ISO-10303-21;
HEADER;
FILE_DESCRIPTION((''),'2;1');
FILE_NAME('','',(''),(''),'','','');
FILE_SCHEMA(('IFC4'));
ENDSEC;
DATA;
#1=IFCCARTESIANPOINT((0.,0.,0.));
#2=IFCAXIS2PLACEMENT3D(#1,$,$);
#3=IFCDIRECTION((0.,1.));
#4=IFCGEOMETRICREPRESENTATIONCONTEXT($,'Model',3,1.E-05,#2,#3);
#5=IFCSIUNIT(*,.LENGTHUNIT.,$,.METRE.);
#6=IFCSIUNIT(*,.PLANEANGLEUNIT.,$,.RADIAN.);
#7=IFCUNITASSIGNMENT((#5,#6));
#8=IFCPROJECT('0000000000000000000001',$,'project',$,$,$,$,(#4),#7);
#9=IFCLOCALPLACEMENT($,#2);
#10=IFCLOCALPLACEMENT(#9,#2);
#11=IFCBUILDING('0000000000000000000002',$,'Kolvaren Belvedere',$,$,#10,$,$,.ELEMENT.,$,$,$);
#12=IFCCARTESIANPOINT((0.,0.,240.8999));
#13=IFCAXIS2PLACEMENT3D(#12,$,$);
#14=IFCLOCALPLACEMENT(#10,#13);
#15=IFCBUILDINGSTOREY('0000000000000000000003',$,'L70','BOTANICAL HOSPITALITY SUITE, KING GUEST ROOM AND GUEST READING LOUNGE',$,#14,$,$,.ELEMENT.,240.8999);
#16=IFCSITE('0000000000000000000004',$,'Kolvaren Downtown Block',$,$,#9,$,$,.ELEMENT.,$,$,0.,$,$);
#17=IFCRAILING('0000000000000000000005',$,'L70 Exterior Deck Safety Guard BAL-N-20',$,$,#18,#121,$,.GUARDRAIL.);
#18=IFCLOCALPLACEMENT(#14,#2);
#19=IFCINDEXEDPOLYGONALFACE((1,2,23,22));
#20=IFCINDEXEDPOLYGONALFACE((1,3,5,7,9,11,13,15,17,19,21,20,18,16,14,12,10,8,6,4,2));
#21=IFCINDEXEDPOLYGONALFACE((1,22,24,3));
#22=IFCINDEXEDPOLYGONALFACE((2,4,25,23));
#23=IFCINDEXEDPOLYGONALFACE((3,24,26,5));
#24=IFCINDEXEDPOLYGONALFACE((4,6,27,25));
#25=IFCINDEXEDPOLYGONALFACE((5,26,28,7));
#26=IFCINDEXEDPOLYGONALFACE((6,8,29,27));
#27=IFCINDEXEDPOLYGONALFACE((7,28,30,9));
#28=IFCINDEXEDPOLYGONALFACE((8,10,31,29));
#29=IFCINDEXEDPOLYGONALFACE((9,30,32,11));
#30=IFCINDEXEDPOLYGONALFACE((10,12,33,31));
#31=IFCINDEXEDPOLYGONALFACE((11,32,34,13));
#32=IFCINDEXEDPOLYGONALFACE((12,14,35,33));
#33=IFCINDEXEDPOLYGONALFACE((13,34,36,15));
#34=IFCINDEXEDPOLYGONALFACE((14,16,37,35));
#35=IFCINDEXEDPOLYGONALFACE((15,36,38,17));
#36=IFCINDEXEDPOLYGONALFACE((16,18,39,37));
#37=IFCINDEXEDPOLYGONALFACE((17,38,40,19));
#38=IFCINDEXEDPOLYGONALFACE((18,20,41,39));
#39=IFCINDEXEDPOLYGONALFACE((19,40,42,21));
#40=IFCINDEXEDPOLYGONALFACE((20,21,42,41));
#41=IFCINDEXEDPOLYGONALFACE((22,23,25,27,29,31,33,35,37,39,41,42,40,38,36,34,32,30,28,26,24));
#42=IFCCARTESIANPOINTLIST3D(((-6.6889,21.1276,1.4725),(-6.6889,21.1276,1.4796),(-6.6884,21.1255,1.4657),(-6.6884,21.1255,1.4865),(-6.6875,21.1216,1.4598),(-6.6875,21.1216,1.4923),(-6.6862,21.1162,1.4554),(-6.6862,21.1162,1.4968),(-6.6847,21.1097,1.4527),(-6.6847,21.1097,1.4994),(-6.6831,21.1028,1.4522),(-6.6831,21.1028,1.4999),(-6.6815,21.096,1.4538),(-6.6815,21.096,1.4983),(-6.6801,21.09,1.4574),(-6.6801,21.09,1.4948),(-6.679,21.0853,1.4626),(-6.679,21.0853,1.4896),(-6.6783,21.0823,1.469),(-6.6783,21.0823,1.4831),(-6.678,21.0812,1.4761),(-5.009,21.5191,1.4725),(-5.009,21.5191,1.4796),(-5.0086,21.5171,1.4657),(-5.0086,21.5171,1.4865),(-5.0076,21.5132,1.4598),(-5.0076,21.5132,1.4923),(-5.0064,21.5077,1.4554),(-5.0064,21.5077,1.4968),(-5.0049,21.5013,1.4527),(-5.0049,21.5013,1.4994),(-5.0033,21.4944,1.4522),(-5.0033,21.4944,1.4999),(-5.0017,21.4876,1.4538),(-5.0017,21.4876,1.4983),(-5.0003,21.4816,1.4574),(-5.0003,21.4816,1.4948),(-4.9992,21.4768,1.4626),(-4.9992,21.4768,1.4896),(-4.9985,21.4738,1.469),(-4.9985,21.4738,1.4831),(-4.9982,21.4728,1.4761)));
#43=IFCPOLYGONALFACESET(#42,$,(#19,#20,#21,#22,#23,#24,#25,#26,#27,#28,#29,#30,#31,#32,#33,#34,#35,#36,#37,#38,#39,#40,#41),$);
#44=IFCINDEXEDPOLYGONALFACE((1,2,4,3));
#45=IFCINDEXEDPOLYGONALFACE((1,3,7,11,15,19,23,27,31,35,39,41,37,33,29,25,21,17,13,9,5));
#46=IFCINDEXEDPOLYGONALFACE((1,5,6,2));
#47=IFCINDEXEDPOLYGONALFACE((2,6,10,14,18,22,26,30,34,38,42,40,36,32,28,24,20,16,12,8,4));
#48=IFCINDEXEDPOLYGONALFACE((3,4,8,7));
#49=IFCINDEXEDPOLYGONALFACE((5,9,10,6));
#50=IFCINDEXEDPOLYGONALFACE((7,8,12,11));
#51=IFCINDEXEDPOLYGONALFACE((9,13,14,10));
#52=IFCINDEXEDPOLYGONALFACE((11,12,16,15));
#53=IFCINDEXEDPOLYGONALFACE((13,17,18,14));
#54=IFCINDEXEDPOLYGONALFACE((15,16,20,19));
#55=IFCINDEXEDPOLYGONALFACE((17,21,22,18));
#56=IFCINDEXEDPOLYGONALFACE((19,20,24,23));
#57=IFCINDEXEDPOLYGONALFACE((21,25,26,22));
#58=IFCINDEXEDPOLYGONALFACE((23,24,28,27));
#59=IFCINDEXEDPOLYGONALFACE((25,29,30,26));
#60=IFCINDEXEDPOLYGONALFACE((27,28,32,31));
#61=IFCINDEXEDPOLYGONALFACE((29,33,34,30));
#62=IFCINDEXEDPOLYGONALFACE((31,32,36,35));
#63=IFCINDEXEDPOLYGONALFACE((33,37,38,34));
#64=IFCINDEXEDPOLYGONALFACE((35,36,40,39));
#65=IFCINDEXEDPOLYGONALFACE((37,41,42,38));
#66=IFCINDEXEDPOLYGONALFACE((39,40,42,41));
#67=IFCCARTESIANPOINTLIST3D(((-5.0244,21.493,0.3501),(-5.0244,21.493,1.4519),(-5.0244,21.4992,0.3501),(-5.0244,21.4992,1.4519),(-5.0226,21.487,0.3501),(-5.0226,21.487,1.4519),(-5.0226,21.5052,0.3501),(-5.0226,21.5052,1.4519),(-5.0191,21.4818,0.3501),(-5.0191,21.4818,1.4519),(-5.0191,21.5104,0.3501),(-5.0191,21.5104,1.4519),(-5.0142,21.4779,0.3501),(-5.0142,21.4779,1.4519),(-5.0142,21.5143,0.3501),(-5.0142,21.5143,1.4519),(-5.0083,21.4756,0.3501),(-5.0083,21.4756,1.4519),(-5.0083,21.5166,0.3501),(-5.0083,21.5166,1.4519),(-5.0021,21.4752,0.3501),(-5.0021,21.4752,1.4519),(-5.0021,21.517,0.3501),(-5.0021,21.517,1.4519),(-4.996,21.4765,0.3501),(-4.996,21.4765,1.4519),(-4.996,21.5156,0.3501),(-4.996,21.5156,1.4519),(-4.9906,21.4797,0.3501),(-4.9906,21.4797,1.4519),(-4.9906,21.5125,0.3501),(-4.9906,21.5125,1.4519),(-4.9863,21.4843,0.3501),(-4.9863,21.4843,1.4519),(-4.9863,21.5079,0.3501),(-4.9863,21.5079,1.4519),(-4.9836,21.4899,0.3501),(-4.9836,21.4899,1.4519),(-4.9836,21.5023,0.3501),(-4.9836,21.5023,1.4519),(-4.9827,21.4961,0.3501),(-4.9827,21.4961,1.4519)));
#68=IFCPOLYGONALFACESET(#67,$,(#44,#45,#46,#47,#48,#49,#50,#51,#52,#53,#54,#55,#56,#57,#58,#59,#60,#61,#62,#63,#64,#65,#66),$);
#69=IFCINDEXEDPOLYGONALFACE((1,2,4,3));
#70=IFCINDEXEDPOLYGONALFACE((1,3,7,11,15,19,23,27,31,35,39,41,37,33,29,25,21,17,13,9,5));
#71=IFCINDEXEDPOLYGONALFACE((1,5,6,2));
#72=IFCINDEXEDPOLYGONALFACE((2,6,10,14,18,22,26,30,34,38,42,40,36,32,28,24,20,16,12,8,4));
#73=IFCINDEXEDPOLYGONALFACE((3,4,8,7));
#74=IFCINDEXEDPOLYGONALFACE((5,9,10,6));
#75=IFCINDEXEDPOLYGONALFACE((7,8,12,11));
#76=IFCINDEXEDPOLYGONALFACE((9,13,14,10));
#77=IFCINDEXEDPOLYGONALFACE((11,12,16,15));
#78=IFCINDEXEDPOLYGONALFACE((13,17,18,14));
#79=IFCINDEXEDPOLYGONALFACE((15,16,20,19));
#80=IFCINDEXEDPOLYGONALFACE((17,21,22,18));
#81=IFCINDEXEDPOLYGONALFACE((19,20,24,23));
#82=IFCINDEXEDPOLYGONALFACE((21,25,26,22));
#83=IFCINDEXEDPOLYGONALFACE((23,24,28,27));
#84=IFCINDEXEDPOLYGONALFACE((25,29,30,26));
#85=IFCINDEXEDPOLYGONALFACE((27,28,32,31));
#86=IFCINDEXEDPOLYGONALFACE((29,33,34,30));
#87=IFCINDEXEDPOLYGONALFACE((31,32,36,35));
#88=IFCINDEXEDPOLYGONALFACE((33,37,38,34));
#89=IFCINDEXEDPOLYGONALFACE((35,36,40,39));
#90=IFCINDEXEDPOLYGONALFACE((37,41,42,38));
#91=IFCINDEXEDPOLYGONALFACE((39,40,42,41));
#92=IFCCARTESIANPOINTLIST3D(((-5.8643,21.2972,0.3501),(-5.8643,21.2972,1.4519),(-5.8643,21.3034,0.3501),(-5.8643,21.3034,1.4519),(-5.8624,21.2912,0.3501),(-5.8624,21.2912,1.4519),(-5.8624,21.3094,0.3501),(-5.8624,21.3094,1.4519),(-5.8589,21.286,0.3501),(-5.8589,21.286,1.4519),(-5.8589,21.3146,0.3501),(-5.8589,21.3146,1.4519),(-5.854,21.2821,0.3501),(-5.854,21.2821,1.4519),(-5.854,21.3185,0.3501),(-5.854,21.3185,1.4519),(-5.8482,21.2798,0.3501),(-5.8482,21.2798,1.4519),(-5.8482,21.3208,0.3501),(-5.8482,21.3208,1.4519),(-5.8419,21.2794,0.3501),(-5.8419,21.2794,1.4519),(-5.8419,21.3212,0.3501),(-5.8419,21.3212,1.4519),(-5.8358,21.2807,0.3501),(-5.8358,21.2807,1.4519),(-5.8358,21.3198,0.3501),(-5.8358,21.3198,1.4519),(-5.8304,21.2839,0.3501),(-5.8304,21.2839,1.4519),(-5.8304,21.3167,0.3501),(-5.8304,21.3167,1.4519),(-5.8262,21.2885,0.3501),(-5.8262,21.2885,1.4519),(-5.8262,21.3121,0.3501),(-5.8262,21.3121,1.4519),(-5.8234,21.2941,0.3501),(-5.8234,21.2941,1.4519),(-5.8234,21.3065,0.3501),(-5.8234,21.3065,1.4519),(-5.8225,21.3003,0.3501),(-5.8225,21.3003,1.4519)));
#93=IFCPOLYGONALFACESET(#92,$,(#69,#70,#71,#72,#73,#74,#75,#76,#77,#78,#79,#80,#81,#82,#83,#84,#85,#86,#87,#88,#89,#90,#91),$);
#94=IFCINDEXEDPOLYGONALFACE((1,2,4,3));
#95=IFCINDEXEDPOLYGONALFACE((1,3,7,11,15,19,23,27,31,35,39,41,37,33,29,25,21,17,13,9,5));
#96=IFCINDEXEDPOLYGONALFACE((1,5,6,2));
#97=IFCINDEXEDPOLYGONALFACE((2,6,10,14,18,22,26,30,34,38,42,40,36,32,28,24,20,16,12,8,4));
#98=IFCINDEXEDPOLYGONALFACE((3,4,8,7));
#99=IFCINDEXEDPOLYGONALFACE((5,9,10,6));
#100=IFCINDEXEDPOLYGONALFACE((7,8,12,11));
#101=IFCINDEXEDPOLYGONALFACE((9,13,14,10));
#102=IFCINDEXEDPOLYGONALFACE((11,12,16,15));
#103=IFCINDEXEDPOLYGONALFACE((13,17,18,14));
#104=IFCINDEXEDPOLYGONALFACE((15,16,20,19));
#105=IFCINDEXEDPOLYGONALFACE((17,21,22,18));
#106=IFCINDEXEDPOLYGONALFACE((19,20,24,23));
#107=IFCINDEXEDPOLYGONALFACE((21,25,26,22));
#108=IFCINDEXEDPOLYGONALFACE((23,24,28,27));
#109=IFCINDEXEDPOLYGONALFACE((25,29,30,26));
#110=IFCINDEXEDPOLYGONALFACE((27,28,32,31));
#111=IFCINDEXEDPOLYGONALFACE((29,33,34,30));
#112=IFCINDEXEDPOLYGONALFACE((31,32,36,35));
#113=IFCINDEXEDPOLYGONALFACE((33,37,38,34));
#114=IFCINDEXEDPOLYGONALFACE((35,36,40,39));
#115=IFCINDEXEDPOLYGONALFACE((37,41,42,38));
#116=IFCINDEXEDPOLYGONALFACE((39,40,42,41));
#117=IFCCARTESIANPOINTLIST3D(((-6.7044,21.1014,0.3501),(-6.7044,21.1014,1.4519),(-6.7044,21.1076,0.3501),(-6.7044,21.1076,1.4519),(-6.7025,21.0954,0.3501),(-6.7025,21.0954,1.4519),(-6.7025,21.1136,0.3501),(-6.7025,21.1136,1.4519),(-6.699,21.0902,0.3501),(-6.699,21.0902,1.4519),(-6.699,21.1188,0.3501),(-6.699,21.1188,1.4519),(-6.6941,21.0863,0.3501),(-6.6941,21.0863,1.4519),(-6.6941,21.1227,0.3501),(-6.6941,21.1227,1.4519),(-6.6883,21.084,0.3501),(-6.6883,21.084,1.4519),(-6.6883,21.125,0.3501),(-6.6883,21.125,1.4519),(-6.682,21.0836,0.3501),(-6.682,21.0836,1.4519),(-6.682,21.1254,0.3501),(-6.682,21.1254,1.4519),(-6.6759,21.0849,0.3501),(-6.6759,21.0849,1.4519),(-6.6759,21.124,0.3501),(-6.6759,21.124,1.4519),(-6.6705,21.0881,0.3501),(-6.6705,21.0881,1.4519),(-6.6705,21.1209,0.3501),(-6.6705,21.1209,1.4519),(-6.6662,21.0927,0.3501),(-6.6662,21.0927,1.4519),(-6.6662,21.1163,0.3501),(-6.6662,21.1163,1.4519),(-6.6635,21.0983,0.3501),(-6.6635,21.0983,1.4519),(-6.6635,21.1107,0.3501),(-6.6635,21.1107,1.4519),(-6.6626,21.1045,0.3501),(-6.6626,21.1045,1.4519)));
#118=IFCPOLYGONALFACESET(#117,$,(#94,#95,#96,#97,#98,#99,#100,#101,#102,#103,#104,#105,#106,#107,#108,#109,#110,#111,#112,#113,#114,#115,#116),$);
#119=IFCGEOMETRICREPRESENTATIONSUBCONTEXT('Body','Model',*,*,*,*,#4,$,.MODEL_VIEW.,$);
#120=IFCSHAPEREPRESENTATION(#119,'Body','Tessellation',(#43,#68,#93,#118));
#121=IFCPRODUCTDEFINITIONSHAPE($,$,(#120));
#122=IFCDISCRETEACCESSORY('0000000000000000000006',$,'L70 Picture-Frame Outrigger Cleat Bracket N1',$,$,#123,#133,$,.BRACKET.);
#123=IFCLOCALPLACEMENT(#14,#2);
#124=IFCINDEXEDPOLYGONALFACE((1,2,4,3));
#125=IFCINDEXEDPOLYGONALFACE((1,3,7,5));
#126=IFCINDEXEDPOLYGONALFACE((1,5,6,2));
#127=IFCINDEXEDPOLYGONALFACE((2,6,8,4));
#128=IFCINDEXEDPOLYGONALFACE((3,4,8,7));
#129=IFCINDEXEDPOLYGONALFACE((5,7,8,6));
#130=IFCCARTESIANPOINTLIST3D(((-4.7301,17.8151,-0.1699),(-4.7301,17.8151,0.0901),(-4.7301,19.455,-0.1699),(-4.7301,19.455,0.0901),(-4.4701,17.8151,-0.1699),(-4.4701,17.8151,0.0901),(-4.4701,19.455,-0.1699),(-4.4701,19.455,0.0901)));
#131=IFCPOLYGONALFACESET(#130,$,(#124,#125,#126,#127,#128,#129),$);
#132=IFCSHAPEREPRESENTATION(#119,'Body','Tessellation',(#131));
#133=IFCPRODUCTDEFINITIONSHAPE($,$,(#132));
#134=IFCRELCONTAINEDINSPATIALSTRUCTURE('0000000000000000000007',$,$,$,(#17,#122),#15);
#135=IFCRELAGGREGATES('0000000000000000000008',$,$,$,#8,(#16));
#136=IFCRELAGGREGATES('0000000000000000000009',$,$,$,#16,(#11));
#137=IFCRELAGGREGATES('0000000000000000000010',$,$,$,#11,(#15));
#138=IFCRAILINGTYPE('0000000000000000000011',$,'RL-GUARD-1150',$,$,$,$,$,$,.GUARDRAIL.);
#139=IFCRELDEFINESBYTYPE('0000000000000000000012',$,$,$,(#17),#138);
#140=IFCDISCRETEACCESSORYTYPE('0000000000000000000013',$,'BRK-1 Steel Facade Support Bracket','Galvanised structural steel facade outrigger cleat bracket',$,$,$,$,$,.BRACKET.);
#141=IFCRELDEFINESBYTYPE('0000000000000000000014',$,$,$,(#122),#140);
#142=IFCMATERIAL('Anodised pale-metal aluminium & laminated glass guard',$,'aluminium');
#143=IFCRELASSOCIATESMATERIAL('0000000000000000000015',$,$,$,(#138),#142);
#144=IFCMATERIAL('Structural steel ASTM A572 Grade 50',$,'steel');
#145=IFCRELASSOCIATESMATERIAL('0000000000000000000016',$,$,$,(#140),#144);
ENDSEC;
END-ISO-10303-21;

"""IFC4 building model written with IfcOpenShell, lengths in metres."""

from ifc_helpers import new_model, si_unit, direction, frame, origin, origin_2d, place, context, subcontext, project, spatial, rectangle, circle, extrude, material, type_object, element, save


model = new_model("IFC4")

# Units and contexts
model_context = context("Model", 3, precision=1e-05, world=origin(), true_north=direction((0.0, 1.0)))
body_context = subcontext(model_context, "Body", "Model", "MODEL_VIEW")
ifc_project = project(units=[si_unit("LENGTHUNIT", "METRE"), si_unit("PLANEANGLEUNIT", "RADIAN")], contexts=[model_context])

# Site, building, storey
site_placement = place(None, origin())
site = spatial("IfcSite", under=ifc_project, at=site_placement, Name="Kolvaren Downtown Block", CompositionType="ELEMENT", RefElevation=0.0)
building_placement = place(site_placement, origin())
building = spatial("IfcBuilding", under=site, at=building_placement, Name="Kolvaren Belvedere", CompositionType="ELEMENT")
storey_placement = place(building_placement, frame((0.0, 0.0, 240.8999)))
storey = spatial("IfcBuildingStorey", under=building, at=storey_placement, Name="L70", Description="BOTANICAL HOSPITALITY SUITE, KING GUEST ROOM AND GUEST READING LOUNGE", CompositionType="ELEMENT", Elevation=240.8999)

# Railing
ifc_material_1 = material(Name="Anodised pale-metal aluminium & laminated glass guard", Category="aluminium")
railing_type = type_object("IfcRailingType", Name="RL-GUARD-1150", PredefinedType="GUARDRAIL", material=ifc_material_1)
railing_1_placement = place(storey_placement, frame((-5.0037, 21.4961, 0.3501)))
element("IfcRailing", 1, at=railing_1_placement, inside=storey, type_object=railing_type, Name="L70 Exterior Deck Safety Guard BAL-N-20", PredefinedType="GUARDRAIL", context=body_context, shape_type="SweptSolid", body=[
    extrude(circle(Radius=0.0239, at=origin_2d()), frame((0.0, 0.0, 1.126), z_axis=(-0.97389, -0.227019, 0.0), x_axis=(0.227019, -0.97389, 0.0)), (0.0, 0.0, 1.0), 1.7249),
    extrude(circle(Radius=0.021, at=origin_2d()), origin(), (0.0, 0.0, 1.0), 1.1018),
    extrude(circle(Radius=0.021, at=origin_2d()), frame((-0.8398, -0.1958, 0.0)), (0.0, 0.0, 1.0), 1.1018),
    extrude(circle(Radius=0.021, at=origin_2d()), frame((-1.6799, -0.3916, 0.0)), (0.0, 0.0, 1.0), 1.1018),
])

# Discrete accessory
ifc_material_2 = material(Name="Structural steel ASTM A572 Grade 50", Category="steel")
discrete_accessory_type = type_object("IfcDiscreteAccessoryType", Name="BRK-1 Steel Facade Support Bracket", Description="Galvanised structural steel facade outrigger cleat bracket", PredefinedType="BRACKET", material=ifc_material_2)
discrete_accessory_placement = place(storey_placement, frame((-4.6001, 18.635, -0.1699), z_axis=(0.0, 0.0, 1.0), x_axis=(0.0, 1.0, 0.0)))
element("IfcDiscreteAccessory", 2, at=discrete_accessory_placement, inside=storey, type_object=discrete_accessory_type, Name="L70 Picture-Frame Outrigger Cleat Bracket N1", PredefinedType="BRACKET", context=body_context, shape_type="SweptSolid", body=[
    extrude(rectangle(XDim=1.6399, YDim=0.26, at=origin_2d()), origin(), (0.0, 0.0, 1.0), 0.26),
])

save(model, "model.ifc")
